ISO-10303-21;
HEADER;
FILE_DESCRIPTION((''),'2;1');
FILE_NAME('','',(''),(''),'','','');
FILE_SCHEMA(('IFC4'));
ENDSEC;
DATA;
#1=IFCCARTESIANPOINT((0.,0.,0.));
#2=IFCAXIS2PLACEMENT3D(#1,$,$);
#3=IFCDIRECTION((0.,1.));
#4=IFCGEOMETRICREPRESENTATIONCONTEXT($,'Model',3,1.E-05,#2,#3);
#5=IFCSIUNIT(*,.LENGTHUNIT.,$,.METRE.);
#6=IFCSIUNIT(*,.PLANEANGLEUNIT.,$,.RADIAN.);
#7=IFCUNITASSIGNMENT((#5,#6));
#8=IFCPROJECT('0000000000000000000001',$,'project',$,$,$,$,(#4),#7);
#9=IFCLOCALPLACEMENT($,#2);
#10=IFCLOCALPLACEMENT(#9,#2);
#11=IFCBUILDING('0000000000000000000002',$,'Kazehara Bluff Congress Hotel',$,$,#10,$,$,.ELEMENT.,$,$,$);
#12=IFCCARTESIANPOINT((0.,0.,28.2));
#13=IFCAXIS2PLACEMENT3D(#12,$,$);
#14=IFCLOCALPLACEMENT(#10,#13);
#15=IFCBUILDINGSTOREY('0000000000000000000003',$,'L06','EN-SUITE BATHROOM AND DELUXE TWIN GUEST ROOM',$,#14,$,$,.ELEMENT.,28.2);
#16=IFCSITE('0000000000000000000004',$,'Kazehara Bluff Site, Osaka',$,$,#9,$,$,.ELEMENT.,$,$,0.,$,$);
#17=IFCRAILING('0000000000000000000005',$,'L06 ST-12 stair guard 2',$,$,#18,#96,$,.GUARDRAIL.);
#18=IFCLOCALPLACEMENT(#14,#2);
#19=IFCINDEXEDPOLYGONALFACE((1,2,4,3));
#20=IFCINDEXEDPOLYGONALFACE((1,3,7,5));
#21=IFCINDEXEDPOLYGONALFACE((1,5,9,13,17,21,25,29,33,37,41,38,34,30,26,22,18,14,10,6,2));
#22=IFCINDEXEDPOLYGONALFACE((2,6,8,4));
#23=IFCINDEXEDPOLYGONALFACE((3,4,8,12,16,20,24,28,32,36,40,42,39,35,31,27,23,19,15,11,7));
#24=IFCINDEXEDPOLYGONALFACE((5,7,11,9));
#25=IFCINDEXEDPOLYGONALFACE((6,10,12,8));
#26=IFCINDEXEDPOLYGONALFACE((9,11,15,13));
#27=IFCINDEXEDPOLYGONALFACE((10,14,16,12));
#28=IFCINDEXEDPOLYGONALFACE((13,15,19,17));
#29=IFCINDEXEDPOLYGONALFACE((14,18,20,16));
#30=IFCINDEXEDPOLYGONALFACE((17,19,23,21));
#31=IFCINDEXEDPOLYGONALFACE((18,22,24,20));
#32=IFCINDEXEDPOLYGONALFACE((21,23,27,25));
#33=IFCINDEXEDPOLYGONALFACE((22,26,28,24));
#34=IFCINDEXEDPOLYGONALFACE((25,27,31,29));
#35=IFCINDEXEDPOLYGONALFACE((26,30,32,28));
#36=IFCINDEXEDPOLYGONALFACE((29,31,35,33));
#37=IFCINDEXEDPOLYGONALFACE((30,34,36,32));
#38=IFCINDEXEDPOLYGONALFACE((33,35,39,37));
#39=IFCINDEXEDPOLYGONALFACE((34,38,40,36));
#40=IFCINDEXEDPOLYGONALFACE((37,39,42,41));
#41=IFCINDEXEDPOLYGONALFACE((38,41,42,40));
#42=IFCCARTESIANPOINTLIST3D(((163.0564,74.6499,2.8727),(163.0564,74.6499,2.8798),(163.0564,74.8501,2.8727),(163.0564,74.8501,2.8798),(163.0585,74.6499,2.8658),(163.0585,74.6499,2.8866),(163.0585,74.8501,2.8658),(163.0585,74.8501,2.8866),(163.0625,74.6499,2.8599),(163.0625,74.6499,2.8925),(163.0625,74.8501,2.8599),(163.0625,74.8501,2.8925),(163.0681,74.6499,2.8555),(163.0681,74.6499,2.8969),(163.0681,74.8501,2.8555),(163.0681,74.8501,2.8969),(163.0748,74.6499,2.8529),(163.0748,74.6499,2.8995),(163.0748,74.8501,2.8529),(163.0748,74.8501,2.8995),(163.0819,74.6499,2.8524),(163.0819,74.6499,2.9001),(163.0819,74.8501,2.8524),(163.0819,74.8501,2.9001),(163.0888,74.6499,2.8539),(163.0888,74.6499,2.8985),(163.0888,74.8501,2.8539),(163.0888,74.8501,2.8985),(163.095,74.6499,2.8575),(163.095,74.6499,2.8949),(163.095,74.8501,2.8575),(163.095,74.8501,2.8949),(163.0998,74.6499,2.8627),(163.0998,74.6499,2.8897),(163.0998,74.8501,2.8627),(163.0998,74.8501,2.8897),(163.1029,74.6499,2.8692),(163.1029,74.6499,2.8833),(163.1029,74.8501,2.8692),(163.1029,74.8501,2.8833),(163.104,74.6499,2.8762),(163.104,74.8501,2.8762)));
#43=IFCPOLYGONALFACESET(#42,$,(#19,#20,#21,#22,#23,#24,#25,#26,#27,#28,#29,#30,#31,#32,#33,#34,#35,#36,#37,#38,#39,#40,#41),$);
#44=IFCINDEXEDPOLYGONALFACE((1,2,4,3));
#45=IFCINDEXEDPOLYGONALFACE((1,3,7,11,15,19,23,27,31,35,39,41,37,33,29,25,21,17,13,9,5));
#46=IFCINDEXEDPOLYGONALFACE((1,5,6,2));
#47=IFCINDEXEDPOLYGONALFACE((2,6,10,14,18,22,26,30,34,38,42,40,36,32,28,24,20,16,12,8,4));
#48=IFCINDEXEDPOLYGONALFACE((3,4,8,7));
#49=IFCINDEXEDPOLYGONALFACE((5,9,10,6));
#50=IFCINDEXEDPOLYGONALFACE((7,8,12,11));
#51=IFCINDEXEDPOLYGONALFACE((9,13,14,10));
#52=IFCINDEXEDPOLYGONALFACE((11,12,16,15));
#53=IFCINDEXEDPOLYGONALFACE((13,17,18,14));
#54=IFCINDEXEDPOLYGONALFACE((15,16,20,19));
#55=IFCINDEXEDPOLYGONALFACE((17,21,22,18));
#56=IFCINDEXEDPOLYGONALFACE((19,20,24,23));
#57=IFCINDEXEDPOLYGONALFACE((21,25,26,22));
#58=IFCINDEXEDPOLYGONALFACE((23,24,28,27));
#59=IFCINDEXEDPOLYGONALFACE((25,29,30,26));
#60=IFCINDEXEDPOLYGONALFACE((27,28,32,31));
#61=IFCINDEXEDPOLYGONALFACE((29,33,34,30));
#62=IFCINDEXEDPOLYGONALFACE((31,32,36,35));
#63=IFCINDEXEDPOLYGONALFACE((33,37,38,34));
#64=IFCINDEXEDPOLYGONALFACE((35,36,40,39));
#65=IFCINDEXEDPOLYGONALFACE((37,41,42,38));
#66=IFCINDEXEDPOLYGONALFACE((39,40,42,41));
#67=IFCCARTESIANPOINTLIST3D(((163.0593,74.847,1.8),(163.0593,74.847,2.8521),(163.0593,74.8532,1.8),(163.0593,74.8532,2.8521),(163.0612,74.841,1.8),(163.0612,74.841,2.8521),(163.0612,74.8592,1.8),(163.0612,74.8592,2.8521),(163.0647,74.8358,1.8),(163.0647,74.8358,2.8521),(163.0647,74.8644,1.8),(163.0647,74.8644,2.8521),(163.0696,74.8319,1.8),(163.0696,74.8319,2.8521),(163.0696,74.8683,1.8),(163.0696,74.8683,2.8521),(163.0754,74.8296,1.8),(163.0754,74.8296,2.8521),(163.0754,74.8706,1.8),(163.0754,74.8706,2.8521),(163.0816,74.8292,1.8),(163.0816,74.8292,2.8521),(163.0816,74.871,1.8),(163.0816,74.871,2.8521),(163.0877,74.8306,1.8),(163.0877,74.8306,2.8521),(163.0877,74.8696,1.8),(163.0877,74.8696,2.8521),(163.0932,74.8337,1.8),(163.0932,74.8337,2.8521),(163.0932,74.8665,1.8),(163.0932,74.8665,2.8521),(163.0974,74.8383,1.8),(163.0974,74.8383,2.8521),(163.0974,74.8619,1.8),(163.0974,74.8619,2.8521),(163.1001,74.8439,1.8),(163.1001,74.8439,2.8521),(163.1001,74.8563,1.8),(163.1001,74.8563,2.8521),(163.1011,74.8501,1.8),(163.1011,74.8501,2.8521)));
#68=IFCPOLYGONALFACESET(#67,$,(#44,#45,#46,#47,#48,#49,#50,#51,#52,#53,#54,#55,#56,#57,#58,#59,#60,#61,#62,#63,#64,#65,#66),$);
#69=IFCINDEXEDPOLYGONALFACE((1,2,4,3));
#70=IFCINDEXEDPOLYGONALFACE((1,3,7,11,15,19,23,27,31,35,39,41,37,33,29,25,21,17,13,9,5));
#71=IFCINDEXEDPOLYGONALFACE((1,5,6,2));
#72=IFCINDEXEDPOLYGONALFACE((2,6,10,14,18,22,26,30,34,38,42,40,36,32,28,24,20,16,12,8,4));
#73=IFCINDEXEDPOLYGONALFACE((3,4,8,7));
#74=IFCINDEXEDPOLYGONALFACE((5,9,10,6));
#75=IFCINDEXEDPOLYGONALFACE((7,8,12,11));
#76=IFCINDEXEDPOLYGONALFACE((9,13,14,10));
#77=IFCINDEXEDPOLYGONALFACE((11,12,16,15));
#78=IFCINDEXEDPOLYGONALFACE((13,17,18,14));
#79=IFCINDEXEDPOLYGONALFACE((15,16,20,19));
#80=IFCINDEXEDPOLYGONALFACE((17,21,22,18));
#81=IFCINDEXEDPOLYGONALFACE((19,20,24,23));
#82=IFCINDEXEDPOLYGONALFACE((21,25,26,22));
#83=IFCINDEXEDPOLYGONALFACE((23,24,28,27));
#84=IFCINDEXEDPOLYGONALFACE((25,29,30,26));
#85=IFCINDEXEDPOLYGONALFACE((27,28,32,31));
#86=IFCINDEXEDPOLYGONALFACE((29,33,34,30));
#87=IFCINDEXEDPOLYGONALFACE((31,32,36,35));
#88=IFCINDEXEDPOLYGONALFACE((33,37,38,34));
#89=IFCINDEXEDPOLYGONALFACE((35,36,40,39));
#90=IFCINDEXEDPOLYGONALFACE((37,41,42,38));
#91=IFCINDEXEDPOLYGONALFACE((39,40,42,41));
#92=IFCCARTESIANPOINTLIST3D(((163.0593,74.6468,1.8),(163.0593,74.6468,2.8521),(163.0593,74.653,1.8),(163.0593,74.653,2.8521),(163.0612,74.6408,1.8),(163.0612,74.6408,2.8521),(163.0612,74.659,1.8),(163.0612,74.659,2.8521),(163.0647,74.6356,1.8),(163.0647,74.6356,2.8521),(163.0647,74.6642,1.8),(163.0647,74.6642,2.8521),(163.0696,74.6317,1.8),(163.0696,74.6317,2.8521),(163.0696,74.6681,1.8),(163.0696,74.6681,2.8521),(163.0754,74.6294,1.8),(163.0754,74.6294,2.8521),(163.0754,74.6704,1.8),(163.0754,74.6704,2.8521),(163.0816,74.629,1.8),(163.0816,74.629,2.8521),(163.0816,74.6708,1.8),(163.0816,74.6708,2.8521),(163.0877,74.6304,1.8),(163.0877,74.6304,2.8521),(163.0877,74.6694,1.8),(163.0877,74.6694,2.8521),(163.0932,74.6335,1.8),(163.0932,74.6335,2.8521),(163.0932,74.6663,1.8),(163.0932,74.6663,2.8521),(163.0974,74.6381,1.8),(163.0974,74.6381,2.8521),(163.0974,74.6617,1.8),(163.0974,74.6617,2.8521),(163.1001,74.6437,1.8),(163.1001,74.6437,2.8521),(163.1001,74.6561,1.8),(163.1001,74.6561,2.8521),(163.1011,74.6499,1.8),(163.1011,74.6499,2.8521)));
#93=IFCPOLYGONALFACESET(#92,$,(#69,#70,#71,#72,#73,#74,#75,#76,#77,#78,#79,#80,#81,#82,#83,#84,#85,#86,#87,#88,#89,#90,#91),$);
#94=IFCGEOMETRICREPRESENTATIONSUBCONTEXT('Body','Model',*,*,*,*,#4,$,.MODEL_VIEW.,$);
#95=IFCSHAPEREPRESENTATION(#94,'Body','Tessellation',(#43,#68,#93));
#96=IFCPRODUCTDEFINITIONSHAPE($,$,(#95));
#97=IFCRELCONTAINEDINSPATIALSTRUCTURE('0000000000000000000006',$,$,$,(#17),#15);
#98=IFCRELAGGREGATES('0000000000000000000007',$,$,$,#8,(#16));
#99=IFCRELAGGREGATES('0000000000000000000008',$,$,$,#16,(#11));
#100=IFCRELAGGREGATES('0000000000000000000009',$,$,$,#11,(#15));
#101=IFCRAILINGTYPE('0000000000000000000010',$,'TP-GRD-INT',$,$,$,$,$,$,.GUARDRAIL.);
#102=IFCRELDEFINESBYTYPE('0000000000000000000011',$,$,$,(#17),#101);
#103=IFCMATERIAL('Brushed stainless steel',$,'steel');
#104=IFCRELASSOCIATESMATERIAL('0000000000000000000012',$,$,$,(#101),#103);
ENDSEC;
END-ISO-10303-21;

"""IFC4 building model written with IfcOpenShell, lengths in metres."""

from ifc_helpers import new_model, si_unit, direction, frame, origin, origin_2d, place, context, subcontext, project, spatial, circle, extrude, material, type_object, element, save


model = new_model("IFC4")

# Units and contexts
model_context = context("Model", 3, precision=1e-05, world=origin(), true_north=direction((0.0, 1.0)))
body_context = subcontext(model_context, "Body", "Model", "MODEL_VIEW")
ifc_project = project(units=[si_unit("LENGTHUNIT", "METRE"), si_unit("PLANEANGLEUNIT", "RADIAN")], contexts=[model_context])

# Site, building, storey
site_placement = place(None, origin())
site = spatial("IfcSite", under=ifc_project, at=site_placement, Name="Kazehara Bluff Site, Osaka", CompositionType="ELEMENT", RefElevation=0.0)
building_placement = place(site_placement, origin())
building = spatial("IfcBuilding", under=site, at=building_placement, Name="Kazehara Bluff Congress Hotel", CompositionType="ELEMENT")
storey_placement = place(building_placement, frame((0.0, 0.0, 28.2)))
storey = spatial("IfcBuildingStorey", under=building, at=storey_placement, Name="L06", Description="EN-SUITE BATHROOM AND DELUXE TWIN GUEST ROOM", CompositionType="ELEMENT", Elevation=28.2)

# Railing
ifc_material_1 = material(Name="Brushed stainless steel", Category="steel")
railing_type_1 = type_object("IfcRailingType", Name="TP-GRD-INT", PredefinedType="GUARDRAIL", material=ifc_material_1)
railing_1_placement = place(storey_placement, frame((163.0801, 74.8501, 1.8)))
element("IfcRailing", 1, at=railing_1_placement, inside=storey, type_object=railing_type_1, Name="L06 ST-12 stair guard 2", PredefinedType="GUARDRAIL", context=body_context, shape_type="SweptSolid", body=[
    extrude(circle(Radius=0.0239, at=origin_2d()), frame((0.0, 0.0, 1.0762), z_axis=(0.0, -1.0, 0.0), x_axis=(1.0, 0.0, 0.0)), (0.0, 0.0, 1.0), 0.2002),
    extrude(circle(Radius=0.021, at=origin_2d()), origin(), (0.0, 0.0, 1.0), 1.052),
    extrude(circle(Radius=0.021, at=origin_2d()), frame((0.0, -0.2002, 0.0)), (0.0, 0.0, 1.0), 1.052),
])

save(model, "model.ifc")
